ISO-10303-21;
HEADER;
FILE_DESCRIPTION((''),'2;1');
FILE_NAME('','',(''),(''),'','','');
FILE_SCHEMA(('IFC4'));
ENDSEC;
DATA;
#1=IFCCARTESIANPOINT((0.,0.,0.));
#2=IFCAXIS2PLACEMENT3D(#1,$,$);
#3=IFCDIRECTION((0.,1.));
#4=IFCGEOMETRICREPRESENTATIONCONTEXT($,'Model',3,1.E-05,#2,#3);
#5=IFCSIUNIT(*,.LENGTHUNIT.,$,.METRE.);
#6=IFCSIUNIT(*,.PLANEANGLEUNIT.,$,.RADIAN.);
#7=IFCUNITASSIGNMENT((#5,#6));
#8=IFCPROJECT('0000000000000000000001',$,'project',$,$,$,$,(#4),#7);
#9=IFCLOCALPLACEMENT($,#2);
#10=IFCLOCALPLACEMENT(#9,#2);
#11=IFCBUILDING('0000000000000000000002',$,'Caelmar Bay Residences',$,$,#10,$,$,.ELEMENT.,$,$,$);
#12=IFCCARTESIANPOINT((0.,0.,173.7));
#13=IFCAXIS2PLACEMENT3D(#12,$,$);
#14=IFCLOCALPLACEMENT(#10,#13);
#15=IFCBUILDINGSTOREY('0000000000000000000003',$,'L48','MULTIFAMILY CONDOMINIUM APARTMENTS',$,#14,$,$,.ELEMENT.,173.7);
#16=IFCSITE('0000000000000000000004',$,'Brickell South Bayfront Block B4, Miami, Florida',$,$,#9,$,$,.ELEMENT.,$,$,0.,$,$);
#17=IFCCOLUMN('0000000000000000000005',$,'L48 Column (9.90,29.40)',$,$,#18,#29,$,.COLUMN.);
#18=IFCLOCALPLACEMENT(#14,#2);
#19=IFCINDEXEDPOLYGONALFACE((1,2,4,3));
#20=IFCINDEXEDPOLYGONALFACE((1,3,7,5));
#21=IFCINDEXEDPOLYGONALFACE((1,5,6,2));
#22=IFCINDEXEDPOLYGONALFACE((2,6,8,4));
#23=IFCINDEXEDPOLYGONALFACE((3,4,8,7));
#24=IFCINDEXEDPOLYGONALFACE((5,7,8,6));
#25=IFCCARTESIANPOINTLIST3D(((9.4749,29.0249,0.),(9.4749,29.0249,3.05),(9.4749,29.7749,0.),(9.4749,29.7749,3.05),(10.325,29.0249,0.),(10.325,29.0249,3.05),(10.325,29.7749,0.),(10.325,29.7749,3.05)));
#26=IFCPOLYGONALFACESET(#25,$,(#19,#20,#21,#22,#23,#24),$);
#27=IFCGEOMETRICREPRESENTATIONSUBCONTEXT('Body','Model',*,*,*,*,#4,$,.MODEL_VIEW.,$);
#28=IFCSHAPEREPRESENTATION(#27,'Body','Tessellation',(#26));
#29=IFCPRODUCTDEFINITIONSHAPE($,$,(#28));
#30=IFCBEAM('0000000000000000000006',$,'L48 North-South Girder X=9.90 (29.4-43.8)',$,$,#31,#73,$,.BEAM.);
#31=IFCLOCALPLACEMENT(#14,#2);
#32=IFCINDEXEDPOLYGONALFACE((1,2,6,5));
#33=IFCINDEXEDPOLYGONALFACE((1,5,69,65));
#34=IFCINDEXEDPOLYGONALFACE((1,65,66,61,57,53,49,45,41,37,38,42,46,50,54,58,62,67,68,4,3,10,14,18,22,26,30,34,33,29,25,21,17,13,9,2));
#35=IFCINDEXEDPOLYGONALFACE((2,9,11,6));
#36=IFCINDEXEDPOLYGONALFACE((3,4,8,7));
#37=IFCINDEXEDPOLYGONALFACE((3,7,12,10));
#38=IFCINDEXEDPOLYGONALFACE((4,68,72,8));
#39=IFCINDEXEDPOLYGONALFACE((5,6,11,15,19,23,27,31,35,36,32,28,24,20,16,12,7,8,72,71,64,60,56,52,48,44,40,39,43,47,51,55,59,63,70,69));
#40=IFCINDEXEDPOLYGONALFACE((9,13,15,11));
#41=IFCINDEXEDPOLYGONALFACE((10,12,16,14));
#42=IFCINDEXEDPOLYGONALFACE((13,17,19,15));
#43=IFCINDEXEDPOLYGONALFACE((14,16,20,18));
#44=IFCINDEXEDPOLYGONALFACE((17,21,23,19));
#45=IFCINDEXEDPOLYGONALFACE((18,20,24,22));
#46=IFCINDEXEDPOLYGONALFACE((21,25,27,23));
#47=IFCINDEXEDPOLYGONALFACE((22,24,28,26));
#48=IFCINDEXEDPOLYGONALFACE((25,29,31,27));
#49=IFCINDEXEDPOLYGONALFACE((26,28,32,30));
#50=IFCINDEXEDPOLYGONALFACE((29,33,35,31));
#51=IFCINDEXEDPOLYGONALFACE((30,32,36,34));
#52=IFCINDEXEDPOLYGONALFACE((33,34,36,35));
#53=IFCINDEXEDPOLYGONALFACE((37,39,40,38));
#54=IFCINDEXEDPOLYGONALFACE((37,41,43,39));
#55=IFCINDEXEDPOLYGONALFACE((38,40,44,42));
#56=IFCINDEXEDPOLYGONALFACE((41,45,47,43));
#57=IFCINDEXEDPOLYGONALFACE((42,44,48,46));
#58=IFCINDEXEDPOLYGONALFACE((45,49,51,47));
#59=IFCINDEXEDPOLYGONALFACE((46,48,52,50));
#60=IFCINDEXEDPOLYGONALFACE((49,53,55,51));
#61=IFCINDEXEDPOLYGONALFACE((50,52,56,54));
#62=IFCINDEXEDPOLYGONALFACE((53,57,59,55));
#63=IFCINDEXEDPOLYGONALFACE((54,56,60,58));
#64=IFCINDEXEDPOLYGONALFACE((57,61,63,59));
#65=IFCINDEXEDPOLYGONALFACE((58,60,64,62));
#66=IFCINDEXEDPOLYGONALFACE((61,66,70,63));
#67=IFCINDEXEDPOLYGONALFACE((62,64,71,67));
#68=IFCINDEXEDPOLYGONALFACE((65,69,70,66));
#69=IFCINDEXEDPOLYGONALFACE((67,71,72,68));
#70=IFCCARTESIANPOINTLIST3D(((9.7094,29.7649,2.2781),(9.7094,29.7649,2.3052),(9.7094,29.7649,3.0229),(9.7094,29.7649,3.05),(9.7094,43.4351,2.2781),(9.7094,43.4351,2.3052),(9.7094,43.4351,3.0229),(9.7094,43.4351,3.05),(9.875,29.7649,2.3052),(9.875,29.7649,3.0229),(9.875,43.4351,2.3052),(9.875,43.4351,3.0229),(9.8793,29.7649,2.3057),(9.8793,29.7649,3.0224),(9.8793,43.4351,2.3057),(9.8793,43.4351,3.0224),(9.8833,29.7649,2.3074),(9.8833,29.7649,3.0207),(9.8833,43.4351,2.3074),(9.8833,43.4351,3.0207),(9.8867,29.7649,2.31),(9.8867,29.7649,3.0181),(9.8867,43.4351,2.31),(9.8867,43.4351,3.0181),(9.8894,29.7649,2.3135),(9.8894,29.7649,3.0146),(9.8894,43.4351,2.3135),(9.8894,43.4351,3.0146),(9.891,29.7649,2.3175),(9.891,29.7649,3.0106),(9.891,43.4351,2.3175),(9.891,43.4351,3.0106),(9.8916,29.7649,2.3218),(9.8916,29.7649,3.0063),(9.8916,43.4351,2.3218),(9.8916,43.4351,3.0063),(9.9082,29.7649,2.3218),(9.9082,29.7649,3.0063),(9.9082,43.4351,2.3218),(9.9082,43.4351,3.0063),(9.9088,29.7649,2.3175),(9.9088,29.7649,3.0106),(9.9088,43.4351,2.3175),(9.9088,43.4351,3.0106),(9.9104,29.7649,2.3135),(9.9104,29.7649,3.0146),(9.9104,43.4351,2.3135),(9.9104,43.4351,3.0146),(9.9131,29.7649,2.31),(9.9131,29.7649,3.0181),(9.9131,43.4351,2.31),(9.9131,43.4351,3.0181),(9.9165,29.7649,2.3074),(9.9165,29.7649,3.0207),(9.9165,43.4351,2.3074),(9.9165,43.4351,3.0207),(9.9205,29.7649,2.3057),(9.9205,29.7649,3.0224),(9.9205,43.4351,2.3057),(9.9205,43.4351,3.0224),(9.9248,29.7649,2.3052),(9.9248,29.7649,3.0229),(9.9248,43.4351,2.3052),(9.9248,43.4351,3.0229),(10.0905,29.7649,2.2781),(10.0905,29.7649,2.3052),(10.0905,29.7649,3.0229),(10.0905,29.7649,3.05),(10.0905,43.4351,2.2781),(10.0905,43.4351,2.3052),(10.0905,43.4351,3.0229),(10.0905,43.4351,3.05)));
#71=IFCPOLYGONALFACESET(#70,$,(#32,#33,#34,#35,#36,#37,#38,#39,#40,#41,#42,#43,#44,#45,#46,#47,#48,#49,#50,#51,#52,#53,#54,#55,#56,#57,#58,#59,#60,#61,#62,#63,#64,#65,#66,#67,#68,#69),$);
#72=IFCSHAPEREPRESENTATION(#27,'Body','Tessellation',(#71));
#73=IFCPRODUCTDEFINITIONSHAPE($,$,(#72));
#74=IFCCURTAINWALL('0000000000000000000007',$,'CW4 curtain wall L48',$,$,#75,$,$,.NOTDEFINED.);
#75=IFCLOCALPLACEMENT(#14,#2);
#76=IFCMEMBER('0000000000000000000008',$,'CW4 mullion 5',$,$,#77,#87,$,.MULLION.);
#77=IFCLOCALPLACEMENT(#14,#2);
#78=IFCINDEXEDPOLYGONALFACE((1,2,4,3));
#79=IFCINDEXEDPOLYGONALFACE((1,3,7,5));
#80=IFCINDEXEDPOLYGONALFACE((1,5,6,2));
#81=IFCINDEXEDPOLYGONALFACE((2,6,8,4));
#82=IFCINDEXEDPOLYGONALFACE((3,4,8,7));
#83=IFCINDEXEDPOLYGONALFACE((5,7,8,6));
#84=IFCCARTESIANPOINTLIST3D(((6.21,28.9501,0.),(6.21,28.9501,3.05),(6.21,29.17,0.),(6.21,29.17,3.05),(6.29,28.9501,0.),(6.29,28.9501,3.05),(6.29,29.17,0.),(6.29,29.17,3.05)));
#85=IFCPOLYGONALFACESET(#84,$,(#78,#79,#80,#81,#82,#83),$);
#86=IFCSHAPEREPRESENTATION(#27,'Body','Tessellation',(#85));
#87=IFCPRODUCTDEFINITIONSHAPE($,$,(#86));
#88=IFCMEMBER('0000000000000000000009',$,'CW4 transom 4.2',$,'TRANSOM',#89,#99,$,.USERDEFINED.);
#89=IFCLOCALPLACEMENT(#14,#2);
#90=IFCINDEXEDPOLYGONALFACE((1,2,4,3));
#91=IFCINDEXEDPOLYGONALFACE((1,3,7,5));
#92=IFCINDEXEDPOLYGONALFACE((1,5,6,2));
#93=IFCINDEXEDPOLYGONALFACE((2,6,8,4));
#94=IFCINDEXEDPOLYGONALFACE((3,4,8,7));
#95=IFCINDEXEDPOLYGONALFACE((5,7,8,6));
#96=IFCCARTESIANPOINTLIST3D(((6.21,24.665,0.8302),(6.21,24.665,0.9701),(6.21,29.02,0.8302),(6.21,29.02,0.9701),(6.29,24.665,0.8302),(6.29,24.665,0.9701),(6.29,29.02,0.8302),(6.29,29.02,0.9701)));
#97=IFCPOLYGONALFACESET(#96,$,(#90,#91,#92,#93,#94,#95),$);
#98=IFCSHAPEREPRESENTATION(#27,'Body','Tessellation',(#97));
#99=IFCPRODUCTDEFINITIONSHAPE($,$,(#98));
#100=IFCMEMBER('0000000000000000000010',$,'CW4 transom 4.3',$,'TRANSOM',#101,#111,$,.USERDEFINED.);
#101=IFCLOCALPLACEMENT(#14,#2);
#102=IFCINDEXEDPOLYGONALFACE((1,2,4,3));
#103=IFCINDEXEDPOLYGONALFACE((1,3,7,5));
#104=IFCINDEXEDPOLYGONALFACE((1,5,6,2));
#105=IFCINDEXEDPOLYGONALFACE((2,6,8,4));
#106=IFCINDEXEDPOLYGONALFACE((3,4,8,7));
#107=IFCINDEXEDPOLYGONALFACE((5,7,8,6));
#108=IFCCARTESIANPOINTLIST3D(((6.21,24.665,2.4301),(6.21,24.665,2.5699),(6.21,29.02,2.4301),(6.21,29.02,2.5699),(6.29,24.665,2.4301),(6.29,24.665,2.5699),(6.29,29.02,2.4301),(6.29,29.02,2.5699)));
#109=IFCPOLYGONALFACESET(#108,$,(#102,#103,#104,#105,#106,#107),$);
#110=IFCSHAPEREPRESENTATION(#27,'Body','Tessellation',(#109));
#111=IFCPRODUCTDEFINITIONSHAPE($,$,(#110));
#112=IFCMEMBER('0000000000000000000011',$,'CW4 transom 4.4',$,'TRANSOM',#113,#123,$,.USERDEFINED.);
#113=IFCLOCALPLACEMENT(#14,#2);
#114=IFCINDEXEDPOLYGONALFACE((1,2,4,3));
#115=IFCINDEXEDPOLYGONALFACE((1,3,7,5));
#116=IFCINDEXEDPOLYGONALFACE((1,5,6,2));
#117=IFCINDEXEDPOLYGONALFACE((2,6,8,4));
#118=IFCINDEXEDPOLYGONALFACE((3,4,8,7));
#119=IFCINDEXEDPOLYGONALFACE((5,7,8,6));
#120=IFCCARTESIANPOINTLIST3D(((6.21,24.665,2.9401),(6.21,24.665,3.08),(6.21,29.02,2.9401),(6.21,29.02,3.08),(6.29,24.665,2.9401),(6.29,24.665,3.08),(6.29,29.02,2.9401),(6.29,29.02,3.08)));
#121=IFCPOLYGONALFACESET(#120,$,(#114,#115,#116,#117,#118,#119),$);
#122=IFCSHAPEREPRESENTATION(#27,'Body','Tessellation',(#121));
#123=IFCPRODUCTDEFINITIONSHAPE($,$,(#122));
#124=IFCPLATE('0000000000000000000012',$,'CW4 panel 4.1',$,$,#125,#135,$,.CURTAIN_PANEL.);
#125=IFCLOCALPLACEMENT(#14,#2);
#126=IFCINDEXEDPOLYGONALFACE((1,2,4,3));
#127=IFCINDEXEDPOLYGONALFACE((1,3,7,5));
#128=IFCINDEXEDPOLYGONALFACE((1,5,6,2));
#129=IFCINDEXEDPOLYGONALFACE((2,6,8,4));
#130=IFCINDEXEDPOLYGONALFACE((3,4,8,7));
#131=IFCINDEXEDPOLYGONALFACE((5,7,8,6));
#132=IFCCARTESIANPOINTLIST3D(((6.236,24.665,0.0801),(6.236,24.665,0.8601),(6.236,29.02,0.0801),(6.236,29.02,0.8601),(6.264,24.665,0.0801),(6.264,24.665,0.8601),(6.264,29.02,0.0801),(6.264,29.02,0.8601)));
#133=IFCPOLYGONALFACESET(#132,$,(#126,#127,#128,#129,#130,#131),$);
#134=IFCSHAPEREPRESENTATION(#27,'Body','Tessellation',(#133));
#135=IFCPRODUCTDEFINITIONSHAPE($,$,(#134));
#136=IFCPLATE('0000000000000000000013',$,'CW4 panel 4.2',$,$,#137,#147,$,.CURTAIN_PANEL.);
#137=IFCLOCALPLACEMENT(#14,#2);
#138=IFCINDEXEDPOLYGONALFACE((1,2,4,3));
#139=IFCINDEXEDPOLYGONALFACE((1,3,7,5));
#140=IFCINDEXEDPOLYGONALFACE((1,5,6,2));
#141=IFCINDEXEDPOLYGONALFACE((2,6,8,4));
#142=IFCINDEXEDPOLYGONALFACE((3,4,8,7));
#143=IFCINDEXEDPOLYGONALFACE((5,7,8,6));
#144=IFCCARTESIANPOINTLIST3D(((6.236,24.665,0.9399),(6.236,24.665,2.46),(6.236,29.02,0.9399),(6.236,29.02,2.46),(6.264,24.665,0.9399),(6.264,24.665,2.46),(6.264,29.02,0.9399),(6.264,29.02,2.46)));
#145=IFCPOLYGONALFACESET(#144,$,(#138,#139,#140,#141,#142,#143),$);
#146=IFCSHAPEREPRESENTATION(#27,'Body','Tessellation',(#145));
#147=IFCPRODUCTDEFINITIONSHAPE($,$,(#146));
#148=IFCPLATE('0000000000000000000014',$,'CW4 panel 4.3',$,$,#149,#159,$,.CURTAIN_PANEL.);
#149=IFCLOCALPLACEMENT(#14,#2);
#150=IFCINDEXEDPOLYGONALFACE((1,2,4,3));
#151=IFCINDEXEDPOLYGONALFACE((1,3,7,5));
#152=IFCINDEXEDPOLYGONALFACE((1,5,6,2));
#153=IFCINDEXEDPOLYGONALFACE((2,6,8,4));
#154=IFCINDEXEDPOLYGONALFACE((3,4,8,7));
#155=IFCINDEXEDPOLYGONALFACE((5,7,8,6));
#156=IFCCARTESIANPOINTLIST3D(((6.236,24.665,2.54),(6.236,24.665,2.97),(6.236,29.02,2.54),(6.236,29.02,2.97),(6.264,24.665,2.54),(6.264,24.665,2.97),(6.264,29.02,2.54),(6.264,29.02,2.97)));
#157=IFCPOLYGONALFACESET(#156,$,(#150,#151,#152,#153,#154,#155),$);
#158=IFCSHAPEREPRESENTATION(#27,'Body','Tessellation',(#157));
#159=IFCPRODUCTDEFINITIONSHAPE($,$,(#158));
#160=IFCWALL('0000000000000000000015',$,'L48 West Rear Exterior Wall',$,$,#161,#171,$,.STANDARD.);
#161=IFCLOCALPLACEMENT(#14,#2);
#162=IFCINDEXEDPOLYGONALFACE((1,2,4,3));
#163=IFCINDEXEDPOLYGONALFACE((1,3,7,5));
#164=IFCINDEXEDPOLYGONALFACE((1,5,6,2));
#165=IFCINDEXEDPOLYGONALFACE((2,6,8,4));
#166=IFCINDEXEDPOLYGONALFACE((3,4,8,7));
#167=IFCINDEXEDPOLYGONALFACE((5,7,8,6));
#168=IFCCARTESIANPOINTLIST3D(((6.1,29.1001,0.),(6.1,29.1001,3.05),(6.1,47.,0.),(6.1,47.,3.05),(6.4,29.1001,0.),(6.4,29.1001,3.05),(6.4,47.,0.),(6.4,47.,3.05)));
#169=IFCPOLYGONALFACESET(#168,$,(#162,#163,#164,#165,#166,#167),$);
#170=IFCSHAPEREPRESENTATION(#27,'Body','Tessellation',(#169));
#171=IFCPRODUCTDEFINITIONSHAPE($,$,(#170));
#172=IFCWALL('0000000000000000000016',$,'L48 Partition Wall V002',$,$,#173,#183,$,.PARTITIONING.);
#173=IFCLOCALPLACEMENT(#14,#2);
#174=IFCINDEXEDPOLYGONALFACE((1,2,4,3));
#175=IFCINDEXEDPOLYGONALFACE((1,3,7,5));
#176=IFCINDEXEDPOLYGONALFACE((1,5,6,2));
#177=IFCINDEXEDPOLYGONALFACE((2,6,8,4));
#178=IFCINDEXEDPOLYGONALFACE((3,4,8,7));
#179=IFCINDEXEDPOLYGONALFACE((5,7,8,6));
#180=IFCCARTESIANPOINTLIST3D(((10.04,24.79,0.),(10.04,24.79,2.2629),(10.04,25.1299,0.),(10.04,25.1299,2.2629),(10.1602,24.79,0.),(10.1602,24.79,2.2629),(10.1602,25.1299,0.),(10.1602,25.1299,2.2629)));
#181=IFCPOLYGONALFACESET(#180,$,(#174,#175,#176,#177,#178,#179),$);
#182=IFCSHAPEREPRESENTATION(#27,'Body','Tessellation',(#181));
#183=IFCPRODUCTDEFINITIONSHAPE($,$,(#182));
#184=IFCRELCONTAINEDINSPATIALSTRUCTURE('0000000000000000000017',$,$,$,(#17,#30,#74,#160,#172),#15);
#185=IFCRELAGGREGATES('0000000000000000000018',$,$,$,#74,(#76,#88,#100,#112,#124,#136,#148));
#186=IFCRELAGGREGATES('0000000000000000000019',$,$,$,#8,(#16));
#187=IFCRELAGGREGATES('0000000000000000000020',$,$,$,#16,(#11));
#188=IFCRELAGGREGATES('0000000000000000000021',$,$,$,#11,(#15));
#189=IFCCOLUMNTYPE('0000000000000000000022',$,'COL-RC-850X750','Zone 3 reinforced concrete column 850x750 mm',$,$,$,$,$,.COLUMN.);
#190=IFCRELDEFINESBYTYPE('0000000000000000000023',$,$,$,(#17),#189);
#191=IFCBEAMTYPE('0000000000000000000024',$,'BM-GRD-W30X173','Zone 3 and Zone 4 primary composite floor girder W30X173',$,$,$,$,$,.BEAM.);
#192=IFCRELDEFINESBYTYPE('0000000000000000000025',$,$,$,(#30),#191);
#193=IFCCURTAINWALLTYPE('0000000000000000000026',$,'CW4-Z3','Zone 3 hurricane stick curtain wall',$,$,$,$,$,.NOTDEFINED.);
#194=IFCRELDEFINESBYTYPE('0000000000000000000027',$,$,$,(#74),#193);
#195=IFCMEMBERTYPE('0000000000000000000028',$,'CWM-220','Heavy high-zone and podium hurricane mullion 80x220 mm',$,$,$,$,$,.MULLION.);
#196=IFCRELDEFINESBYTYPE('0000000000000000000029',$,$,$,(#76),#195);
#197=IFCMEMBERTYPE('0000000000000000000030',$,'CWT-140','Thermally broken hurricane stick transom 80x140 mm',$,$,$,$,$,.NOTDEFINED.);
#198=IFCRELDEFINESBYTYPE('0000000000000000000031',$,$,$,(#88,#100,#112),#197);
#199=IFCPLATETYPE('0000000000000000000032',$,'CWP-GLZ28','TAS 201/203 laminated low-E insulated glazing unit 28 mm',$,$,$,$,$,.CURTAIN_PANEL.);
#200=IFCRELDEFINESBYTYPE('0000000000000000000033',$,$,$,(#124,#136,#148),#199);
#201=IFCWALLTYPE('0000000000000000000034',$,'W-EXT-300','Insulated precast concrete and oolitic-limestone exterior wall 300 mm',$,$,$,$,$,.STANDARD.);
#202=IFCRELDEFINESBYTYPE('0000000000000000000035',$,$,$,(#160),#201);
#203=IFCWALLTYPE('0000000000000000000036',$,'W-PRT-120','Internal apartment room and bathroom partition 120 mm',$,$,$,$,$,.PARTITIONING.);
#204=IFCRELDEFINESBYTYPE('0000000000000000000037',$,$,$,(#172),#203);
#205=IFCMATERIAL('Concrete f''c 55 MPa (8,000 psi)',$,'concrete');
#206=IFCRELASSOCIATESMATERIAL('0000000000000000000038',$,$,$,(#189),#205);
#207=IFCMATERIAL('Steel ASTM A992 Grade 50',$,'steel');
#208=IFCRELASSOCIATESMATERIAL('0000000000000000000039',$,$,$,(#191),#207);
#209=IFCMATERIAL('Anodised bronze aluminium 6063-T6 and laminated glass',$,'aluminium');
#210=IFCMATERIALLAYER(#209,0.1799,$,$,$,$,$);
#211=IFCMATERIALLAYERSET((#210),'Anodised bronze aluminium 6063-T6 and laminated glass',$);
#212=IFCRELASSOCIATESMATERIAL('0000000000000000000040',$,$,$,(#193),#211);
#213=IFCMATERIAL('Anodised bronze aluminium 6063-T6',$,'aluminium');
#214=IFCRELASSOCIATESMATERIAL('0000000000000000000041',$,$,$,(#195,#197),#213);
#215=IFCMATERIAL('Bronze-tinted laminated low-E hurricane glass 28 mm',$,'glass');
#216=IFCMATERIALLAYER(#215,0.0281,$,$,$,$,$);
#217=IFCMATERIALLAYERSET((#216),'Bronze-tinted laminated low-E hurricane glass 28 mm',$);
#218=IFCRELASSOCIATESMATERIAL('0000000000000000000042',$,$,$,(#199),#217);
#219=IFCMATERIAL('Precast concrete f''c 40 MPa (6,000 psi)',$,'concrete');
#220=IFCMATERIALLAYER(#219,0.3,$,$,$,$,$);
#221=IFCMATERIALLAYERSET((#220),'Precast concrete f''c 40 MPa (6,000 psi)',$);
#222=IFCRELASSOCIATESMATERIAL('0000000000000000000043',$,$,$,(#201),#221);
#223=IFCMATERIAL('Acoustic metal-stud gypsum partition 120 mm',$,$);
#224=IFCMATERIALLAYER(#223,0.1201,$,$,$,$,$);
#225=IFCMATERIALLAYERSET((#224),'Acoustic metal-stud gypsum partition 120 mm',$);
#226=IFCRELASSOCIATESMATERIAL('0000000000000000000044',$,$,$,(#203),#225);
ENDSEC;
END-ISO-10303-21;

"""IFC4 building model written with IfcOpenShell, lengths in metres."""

from ifc_helpers import new_model, si_unit, direction, frame, frame_2d, origin, origin_2d, place, context, subcontext, project, spatial, rectangle, i_section, extrude, material, layer, layer_set, material_profile, profile_set, type_object, element, aggregate, save


model = new_model("IFC4")

# Units and contexts
model_context = context("Model", 3, precision=1e-05, world=origin(), true_north=direction((0.0, 1.0)))
body_context = subcontext(model_context, "Body", "Model", "MODEL_VIEW")
ifc_project = project(units=[si_unit("LENGTHUNIT", "METRE"), si_unit("PLANEANGLEUNIT", "RADIAN")], contexts=[model_context])

# Site, building, storey
site_placement = place(None, origin())
site = spatial("IfcSite", under=ifc_project, at=site_placement, Name="Brickell South Bayfront Block B4, Miami, Florida", CompositionType="ELEMENT", RefElevation=0.0)
building_placement = place(site_placement, origin())
building = spatial("IfcBuilding", under=site, at=building_placement, Name="Caelmar Bay Residences", CompositionType="ELEMENT")
storey_placement = place(building_placement, frame((0.0, 0.0, 173.7)))
storey = spatial("IfcBuildingStorey", under=building, at=storey_placement, Name="L48", Description="MULTIFAMILY CONDOMINIUM APARTMENTS", CompositionType="ELEMENT", Elevation=173.7)

# Column
ifc_material_1 = material(Name="Concrete f'c 55 MPa (8,000 psi)", Category="concrete")
ifc_material_profile_1 = material_profile(ifc_material_1, rectangle(XDim=0.8501, YDim=0.75, at=origin_2d()), Name="RC-COL-850X750")
ifc_profile_set_1 = profile_set([ifc_material_profile_1], Name="Concrete f'c 55 MPa (8,000 psi)")
column_type = type_object("IfcColumnType", Name="COL-RC-850X750", Description="Zone 3 reinforced concrete column 850x750 mm", PredefinedType="COLUMN", material=ifc_profile_set_1)
column_placement = place(storey_placement, frame((9.8999, 29.3999, 0.0), z_axis=(0.0, 0.0, 1.0), x_axis=(1.0, 0.0, 0.0)))
element("IfcColumn", 1, at=column_placement, inside=storey, type_object=column_type, Name="L48 Column (9.90,29.40)", PredefinedType="COLUMN", context=body_context, shape_type="SweptSolid", body=[
    extrude(rectangle(XDim=0.8501, YDim=0.75, at=origin_2d()), origin(), (0.0, 0.0, 1.0), 3.05),
])

# Beam
ifc_material_2 = material(Name="Steel ASTM A992 Grade 50", Category="steel")
ifc_material_profile_2 = material_profile(ifc_material_2, i_section(OverallWidth=0.3811, OverallDepth=0.772, WebThickness=0.0166, FlangeThickness=0.0271, FilletRadius=0.0166, at=origin_2d()), Name="W30X173")
ifc_profile_set_2 = profile_set([ifc_material_profile_2], Name="Steel ASTM A992 Grade 50")
beam_type = type_object("IfcBeamType", Name="BM-GRD-W30X173", Description="Zone 3 and Zone 4 primary composite floor girder W30X173", PredefinedType="BEAM", material=ifc_profile_set_2)
beam_placement = place(storey_placement, frame((9.8999, 29.7649, 2.6641), z_axis=(0.0, 1.0, 0.0), x_axis=(-1.0, 0.0, 0.0)))
element("IfcBeam", 2, at=beam_placement, inside=storey, type_object=beam_type, Name="L48 North-South Girder X=9.90 (29.4-43.8)", PredefinedType="BEAM", context=body_context, shape_type="SweptSolid", body=[
    extrude(i_section(OverallWidth=0.3811, OverallDepth=0.772, WebThickness=0.0166, FlangeThickness=0.0271, FilletRadius=0.0166, at=origin_2d()), origin(), (0.0, 0.0, 1.0), 13.6702),
])

# Curtain wall, members, plates
ifc_material_3 = material(Name="Anodised bronze aluminium 6063-T6 and laminated glass", Category="aluminium")
ifc_layer_1 = layer(ifc_material_3, 0.1799)
ifc_layer_set_1 = layer_set([ifc_layer_1], Name="Anodised bronze aluminium 6063-T6 and laminated glass")
curtain_wall_type = type_object("IfcCurtainWallType", Name="CW4-Z3", Description="Zone 3 hurricane stick curtain wall", PredefinedType="NOTDEFINED", material=ifc_layer_set_1)
curtain_wall_placement = place(storey_placement, origin())
curtain_wall = element("IfcCurtainWall", 3, at=curtain_wall_placement, inside=storey, type_object=curtain_wall_type, Name="CW4 curtain wall L48", PredefinedType="NOTDEFINED")
ifc_material_4 = material(Name="Anodised bronze aluminium 6063-T6", Category="aluminium")
ifc_material_profile_3 = material_profile(ifc_material_4, rectangle(XDim=0.0801, YDim=0.22, at=origin_2d()), Name="CWM-80X220")
ifc_profile_set_3 = profile_set([ifc_material_profile_3], Name="Anodised bronze aluminium 6063-T6")
member_type_1 = type_object("IfcMemberType", Name="CWM-220", Description="Heavy high-zone and podium hurricane mullion 80x220 mm", PredefinedType="MULLION", material=ifc_profile_set_3)
member_1_placement = place(storey_placement, frame((6.25, 29.0601, 0.0), z_axis=(0.0, 0.0, 1.0), x_axis=(-1.0, 0.0, 0.0)))
member_1 = element("IfcMember", 4, at=member_1_placement, type_object=member_type_1, Name="CW4 mullion 5", PredefinedType="MULLION", context=body_context, shape_type="SweptSolid", body=[
    extrude(rectangle(XDim=0.0801, YDim=0.22, at=origin_2d()), origin(), (0.0, 0.0, 1.0), 3.05),
])
ifc_material_profile_4 = material_profile(ifc_material_4, rectangle(XDim=0.0801, YDim=0.1399, at=origin_2d()), Name="CWT-80X140")
ifc_profile_set_4 = profile_set([ifc_material_profile_4], Name="Anodised bronze aluminium 6063-T6")
member_type_2 = type_object("IfcMemberType", Name="CWT-140", Description="Thermally broken hurricane stick transom 80x140 mm", PredefinedType="NOTDEFINED", material=ifc_profile_set_4)
member_2_placement = place(storey_placement, frame((6.25, 24.665, 0.9001), z_axis=(0.0, 1.0, 0.0), x_axis=(-1.0, 0.0, 0.0)))
member_2 = element("IfcMember", 5, at=member_2_placement, type_object=member_type_2, Name="CW4 transom 4.2", ObjectType="TRANSOM", PredefinedType="USERDEFINED", context=body_context, shape_type="SweptSolid", body=[
    extrude(rectangle(XDim=0.0801, YDim=0.1399, at=origin_2d()), origin(), (0.0, 0.0, 1.0), 4.355),
])
member_3_placement = place(storey_placement, frame((6.25, 24.665, 2.5), z_axis=(0.0, 1.0, 0.0), x_axis=(-1.0, 0.0, 0.0)))
member_3 = element("IfcMember", 6, at=member_3_placement, type_object=member_type_2, Name="CW4 transom 4.3", ObjectType="TRANSOM", PredefinedType="USERDEFINED", context=body_context, shape_type="SweptSolid", body=[
    extrude(rectangle(XDim=0.0801, YDim=0.1399, at=origin_2d()), origin(), (0.0, 0.0, 1.0), 4.355),
])
member_4_placement = place(storey_placement, frame((6.25, 24.665, 3.01), z_axis=(0.0, 1.0, 0.0), x_axis=(-1.0, 0.0, 0.0)))
member_4 = element("IfcMember", 7, at=member_4_placement, type_object=member_type_2, Name="CW4 transom 4.4", ObjectType="TRANSOM", PredefinedType="USERDEFINED", context=body_context, shape_type="SweptSolid", body=[
    extrude(rectangle(XDim=0.0801, YDim=0.1399, at=origin_2d()), origin(), (0.0, 0.0, 1.0), 4.355),
])
ifc_material_5 = material(Name="Bronze-tinted laminated low-E hurricane glass 28 mm", Category="glass")
ifc_layer_2 = layer(ifc_material_5, 0.0281)
ifc_layer_set_2 = layer_set([ifc_layer_2], Name="Bronze-tinted laminated low-E hurricane glass 28 mm")
plate_type = type_object("IfcPlateType", Name="CWP-GLZ28", Description="TAS 201/203 laminated low-E insulated glazing unit 28 mm", PredefinedType="CURTAIN_PANEL", material=ifc_layer_set_2)
plate_1_placement = place(storey_placement, frame((6.25, 26.8425, 0.0801), z_axis=(0.0, 0.0, 1.0), x_axis=(0.0, 1.0, 0.0)))
plate_1 = element("IfcPlate", 8, at=plate_1_placement, type_object=plate_type, Name="CW4 panel 4.1", PredefinedType="CURTAIN_PANEL", context=body_context, shape_type="SweptSolid", body=[
    extrude(rectangle(XDim=4.355, YDim=0.0281, at=origin_2d()), origin(), (0.0, 0.0, 1.0), 0.78),
])
plate_2_placement = place(storey_placement, frame((6.25, 26.8425, 0.9399), z_axis=(0.0, 0.0, 1.0), x_axis=(0.0, 1.0, 0.0)))
plate_2 = element("IfcPlate", 9, at=plate_2_placement, type_object=plate_type, Name="CW4 panel 4.2", PredefinedType="CURTAIN_PANEL", context=body_context, shape_type="SweptSolid", body=[
    extrude(rectangle(XDim=4.355, YDim=0.0281, at=origin_2d()), origin(), (0.0, 0.0, 1.0), 1.52),
])
plate_3_placement = place(storey_placement, frame((6.25, 26.8425, 2.54), z_axis=(0.0, 0.0, 1.0), x_axis=(0.0, 1.0, 0.0)))
plate_3 = element("IfcPlate", 10, at=plate_3_placement, type_object=plate_type, Name="CW4 panel 4.3", PredefinedType="CURTAIN_PANEL", context=body_context, shape_type="SweptSolid", body=[
    extrude(rectangle(XDim=4.355, YDim=0.0281, at=origin_2d()), origin(), (0.0, 0.0, 1.0), 0.4299),
])
aggregate(curtain_wall, [member_1, member_2, member_3, member_4, plate_1, plate_2, plate_3])

# Walls
ifc_material_6 = material(Name="Precast concrete f'c 40 MPa (6,000 psi)", Category="concrete")
ifc_layer_3 = layer(ifc_material_6, 0.3)
ifc_layer_set_3 = layer_set([ifc_layer_3], Name="Precast concrete f'c 40 MPa (6,000 psi)")
wall_type_1 = type_object("IfcWallType", Name="W-EXT-300", Description="Insulated precast concrete and oolitic-limestone exterior wall 300 mm", PredefinedType="STANDARD", material=ifc_layer_set_3)
wall_1_placement = place(storey_placement, frame((6.25, 29.1001, 0.0), z_axis=(0.0, 0.0, 1.0), x_axis=(0.0, 1.0, 0.0)))
element("IfcWall", 11, at=wall_1_placement, inside=storey, type_object=wall_type_1, Name="L48 West Rear Exterior Wall", PredefinedType="STANDARD", context=body_context, shape_type="SweptSolid", body=[
    extrude(rectangle(XDim=17.8999, YDim=0.3, at=frame_2d((8.95, 0.0))), origin(), (0.0, 0.0, 1.0), 3.05),
])
ifc_material_7 = material(Name="Acoustic metal-stud gypsum partition 120 mm")
ifc_layer_4 = layer(ifc_material_7, 0.1201)
ifc_layer_set_4 = layer_set([ifc_layer_4], Name="Acoustic metal-stud gypsum partition 120 mm")
wall_type_2 = type_object("IfcWallType", Name="W-PRT-120", Description="Internal apartment room and bathroom partition 120 mm", PredefinedType="PARTITIONING", material=ifc_layer_set_4)
wall_2_placement = place(storey_placement, frame((10.1001, 24.79, 0.0), z_axis=(0.0, 0.0, 1.0), x_axis=(0.0, 1.0, 0.0)))
element("IfcWall", 12, at=wall_2_placement, inside=storey, type_object=wall_type_2, Name="L48 Partition Wall V002", PredefinedType="PARTITIONING", context=body_context, shape_type="SweptSolid", body=[
    extrude(rectangle(XDim=0.3398, YDim=0.1201, at=frame_2d((0.1699, 0.0))), origin(), (0.0, 0.0, 1.0), 2.2629),
])

save(model, "model.ifc")
